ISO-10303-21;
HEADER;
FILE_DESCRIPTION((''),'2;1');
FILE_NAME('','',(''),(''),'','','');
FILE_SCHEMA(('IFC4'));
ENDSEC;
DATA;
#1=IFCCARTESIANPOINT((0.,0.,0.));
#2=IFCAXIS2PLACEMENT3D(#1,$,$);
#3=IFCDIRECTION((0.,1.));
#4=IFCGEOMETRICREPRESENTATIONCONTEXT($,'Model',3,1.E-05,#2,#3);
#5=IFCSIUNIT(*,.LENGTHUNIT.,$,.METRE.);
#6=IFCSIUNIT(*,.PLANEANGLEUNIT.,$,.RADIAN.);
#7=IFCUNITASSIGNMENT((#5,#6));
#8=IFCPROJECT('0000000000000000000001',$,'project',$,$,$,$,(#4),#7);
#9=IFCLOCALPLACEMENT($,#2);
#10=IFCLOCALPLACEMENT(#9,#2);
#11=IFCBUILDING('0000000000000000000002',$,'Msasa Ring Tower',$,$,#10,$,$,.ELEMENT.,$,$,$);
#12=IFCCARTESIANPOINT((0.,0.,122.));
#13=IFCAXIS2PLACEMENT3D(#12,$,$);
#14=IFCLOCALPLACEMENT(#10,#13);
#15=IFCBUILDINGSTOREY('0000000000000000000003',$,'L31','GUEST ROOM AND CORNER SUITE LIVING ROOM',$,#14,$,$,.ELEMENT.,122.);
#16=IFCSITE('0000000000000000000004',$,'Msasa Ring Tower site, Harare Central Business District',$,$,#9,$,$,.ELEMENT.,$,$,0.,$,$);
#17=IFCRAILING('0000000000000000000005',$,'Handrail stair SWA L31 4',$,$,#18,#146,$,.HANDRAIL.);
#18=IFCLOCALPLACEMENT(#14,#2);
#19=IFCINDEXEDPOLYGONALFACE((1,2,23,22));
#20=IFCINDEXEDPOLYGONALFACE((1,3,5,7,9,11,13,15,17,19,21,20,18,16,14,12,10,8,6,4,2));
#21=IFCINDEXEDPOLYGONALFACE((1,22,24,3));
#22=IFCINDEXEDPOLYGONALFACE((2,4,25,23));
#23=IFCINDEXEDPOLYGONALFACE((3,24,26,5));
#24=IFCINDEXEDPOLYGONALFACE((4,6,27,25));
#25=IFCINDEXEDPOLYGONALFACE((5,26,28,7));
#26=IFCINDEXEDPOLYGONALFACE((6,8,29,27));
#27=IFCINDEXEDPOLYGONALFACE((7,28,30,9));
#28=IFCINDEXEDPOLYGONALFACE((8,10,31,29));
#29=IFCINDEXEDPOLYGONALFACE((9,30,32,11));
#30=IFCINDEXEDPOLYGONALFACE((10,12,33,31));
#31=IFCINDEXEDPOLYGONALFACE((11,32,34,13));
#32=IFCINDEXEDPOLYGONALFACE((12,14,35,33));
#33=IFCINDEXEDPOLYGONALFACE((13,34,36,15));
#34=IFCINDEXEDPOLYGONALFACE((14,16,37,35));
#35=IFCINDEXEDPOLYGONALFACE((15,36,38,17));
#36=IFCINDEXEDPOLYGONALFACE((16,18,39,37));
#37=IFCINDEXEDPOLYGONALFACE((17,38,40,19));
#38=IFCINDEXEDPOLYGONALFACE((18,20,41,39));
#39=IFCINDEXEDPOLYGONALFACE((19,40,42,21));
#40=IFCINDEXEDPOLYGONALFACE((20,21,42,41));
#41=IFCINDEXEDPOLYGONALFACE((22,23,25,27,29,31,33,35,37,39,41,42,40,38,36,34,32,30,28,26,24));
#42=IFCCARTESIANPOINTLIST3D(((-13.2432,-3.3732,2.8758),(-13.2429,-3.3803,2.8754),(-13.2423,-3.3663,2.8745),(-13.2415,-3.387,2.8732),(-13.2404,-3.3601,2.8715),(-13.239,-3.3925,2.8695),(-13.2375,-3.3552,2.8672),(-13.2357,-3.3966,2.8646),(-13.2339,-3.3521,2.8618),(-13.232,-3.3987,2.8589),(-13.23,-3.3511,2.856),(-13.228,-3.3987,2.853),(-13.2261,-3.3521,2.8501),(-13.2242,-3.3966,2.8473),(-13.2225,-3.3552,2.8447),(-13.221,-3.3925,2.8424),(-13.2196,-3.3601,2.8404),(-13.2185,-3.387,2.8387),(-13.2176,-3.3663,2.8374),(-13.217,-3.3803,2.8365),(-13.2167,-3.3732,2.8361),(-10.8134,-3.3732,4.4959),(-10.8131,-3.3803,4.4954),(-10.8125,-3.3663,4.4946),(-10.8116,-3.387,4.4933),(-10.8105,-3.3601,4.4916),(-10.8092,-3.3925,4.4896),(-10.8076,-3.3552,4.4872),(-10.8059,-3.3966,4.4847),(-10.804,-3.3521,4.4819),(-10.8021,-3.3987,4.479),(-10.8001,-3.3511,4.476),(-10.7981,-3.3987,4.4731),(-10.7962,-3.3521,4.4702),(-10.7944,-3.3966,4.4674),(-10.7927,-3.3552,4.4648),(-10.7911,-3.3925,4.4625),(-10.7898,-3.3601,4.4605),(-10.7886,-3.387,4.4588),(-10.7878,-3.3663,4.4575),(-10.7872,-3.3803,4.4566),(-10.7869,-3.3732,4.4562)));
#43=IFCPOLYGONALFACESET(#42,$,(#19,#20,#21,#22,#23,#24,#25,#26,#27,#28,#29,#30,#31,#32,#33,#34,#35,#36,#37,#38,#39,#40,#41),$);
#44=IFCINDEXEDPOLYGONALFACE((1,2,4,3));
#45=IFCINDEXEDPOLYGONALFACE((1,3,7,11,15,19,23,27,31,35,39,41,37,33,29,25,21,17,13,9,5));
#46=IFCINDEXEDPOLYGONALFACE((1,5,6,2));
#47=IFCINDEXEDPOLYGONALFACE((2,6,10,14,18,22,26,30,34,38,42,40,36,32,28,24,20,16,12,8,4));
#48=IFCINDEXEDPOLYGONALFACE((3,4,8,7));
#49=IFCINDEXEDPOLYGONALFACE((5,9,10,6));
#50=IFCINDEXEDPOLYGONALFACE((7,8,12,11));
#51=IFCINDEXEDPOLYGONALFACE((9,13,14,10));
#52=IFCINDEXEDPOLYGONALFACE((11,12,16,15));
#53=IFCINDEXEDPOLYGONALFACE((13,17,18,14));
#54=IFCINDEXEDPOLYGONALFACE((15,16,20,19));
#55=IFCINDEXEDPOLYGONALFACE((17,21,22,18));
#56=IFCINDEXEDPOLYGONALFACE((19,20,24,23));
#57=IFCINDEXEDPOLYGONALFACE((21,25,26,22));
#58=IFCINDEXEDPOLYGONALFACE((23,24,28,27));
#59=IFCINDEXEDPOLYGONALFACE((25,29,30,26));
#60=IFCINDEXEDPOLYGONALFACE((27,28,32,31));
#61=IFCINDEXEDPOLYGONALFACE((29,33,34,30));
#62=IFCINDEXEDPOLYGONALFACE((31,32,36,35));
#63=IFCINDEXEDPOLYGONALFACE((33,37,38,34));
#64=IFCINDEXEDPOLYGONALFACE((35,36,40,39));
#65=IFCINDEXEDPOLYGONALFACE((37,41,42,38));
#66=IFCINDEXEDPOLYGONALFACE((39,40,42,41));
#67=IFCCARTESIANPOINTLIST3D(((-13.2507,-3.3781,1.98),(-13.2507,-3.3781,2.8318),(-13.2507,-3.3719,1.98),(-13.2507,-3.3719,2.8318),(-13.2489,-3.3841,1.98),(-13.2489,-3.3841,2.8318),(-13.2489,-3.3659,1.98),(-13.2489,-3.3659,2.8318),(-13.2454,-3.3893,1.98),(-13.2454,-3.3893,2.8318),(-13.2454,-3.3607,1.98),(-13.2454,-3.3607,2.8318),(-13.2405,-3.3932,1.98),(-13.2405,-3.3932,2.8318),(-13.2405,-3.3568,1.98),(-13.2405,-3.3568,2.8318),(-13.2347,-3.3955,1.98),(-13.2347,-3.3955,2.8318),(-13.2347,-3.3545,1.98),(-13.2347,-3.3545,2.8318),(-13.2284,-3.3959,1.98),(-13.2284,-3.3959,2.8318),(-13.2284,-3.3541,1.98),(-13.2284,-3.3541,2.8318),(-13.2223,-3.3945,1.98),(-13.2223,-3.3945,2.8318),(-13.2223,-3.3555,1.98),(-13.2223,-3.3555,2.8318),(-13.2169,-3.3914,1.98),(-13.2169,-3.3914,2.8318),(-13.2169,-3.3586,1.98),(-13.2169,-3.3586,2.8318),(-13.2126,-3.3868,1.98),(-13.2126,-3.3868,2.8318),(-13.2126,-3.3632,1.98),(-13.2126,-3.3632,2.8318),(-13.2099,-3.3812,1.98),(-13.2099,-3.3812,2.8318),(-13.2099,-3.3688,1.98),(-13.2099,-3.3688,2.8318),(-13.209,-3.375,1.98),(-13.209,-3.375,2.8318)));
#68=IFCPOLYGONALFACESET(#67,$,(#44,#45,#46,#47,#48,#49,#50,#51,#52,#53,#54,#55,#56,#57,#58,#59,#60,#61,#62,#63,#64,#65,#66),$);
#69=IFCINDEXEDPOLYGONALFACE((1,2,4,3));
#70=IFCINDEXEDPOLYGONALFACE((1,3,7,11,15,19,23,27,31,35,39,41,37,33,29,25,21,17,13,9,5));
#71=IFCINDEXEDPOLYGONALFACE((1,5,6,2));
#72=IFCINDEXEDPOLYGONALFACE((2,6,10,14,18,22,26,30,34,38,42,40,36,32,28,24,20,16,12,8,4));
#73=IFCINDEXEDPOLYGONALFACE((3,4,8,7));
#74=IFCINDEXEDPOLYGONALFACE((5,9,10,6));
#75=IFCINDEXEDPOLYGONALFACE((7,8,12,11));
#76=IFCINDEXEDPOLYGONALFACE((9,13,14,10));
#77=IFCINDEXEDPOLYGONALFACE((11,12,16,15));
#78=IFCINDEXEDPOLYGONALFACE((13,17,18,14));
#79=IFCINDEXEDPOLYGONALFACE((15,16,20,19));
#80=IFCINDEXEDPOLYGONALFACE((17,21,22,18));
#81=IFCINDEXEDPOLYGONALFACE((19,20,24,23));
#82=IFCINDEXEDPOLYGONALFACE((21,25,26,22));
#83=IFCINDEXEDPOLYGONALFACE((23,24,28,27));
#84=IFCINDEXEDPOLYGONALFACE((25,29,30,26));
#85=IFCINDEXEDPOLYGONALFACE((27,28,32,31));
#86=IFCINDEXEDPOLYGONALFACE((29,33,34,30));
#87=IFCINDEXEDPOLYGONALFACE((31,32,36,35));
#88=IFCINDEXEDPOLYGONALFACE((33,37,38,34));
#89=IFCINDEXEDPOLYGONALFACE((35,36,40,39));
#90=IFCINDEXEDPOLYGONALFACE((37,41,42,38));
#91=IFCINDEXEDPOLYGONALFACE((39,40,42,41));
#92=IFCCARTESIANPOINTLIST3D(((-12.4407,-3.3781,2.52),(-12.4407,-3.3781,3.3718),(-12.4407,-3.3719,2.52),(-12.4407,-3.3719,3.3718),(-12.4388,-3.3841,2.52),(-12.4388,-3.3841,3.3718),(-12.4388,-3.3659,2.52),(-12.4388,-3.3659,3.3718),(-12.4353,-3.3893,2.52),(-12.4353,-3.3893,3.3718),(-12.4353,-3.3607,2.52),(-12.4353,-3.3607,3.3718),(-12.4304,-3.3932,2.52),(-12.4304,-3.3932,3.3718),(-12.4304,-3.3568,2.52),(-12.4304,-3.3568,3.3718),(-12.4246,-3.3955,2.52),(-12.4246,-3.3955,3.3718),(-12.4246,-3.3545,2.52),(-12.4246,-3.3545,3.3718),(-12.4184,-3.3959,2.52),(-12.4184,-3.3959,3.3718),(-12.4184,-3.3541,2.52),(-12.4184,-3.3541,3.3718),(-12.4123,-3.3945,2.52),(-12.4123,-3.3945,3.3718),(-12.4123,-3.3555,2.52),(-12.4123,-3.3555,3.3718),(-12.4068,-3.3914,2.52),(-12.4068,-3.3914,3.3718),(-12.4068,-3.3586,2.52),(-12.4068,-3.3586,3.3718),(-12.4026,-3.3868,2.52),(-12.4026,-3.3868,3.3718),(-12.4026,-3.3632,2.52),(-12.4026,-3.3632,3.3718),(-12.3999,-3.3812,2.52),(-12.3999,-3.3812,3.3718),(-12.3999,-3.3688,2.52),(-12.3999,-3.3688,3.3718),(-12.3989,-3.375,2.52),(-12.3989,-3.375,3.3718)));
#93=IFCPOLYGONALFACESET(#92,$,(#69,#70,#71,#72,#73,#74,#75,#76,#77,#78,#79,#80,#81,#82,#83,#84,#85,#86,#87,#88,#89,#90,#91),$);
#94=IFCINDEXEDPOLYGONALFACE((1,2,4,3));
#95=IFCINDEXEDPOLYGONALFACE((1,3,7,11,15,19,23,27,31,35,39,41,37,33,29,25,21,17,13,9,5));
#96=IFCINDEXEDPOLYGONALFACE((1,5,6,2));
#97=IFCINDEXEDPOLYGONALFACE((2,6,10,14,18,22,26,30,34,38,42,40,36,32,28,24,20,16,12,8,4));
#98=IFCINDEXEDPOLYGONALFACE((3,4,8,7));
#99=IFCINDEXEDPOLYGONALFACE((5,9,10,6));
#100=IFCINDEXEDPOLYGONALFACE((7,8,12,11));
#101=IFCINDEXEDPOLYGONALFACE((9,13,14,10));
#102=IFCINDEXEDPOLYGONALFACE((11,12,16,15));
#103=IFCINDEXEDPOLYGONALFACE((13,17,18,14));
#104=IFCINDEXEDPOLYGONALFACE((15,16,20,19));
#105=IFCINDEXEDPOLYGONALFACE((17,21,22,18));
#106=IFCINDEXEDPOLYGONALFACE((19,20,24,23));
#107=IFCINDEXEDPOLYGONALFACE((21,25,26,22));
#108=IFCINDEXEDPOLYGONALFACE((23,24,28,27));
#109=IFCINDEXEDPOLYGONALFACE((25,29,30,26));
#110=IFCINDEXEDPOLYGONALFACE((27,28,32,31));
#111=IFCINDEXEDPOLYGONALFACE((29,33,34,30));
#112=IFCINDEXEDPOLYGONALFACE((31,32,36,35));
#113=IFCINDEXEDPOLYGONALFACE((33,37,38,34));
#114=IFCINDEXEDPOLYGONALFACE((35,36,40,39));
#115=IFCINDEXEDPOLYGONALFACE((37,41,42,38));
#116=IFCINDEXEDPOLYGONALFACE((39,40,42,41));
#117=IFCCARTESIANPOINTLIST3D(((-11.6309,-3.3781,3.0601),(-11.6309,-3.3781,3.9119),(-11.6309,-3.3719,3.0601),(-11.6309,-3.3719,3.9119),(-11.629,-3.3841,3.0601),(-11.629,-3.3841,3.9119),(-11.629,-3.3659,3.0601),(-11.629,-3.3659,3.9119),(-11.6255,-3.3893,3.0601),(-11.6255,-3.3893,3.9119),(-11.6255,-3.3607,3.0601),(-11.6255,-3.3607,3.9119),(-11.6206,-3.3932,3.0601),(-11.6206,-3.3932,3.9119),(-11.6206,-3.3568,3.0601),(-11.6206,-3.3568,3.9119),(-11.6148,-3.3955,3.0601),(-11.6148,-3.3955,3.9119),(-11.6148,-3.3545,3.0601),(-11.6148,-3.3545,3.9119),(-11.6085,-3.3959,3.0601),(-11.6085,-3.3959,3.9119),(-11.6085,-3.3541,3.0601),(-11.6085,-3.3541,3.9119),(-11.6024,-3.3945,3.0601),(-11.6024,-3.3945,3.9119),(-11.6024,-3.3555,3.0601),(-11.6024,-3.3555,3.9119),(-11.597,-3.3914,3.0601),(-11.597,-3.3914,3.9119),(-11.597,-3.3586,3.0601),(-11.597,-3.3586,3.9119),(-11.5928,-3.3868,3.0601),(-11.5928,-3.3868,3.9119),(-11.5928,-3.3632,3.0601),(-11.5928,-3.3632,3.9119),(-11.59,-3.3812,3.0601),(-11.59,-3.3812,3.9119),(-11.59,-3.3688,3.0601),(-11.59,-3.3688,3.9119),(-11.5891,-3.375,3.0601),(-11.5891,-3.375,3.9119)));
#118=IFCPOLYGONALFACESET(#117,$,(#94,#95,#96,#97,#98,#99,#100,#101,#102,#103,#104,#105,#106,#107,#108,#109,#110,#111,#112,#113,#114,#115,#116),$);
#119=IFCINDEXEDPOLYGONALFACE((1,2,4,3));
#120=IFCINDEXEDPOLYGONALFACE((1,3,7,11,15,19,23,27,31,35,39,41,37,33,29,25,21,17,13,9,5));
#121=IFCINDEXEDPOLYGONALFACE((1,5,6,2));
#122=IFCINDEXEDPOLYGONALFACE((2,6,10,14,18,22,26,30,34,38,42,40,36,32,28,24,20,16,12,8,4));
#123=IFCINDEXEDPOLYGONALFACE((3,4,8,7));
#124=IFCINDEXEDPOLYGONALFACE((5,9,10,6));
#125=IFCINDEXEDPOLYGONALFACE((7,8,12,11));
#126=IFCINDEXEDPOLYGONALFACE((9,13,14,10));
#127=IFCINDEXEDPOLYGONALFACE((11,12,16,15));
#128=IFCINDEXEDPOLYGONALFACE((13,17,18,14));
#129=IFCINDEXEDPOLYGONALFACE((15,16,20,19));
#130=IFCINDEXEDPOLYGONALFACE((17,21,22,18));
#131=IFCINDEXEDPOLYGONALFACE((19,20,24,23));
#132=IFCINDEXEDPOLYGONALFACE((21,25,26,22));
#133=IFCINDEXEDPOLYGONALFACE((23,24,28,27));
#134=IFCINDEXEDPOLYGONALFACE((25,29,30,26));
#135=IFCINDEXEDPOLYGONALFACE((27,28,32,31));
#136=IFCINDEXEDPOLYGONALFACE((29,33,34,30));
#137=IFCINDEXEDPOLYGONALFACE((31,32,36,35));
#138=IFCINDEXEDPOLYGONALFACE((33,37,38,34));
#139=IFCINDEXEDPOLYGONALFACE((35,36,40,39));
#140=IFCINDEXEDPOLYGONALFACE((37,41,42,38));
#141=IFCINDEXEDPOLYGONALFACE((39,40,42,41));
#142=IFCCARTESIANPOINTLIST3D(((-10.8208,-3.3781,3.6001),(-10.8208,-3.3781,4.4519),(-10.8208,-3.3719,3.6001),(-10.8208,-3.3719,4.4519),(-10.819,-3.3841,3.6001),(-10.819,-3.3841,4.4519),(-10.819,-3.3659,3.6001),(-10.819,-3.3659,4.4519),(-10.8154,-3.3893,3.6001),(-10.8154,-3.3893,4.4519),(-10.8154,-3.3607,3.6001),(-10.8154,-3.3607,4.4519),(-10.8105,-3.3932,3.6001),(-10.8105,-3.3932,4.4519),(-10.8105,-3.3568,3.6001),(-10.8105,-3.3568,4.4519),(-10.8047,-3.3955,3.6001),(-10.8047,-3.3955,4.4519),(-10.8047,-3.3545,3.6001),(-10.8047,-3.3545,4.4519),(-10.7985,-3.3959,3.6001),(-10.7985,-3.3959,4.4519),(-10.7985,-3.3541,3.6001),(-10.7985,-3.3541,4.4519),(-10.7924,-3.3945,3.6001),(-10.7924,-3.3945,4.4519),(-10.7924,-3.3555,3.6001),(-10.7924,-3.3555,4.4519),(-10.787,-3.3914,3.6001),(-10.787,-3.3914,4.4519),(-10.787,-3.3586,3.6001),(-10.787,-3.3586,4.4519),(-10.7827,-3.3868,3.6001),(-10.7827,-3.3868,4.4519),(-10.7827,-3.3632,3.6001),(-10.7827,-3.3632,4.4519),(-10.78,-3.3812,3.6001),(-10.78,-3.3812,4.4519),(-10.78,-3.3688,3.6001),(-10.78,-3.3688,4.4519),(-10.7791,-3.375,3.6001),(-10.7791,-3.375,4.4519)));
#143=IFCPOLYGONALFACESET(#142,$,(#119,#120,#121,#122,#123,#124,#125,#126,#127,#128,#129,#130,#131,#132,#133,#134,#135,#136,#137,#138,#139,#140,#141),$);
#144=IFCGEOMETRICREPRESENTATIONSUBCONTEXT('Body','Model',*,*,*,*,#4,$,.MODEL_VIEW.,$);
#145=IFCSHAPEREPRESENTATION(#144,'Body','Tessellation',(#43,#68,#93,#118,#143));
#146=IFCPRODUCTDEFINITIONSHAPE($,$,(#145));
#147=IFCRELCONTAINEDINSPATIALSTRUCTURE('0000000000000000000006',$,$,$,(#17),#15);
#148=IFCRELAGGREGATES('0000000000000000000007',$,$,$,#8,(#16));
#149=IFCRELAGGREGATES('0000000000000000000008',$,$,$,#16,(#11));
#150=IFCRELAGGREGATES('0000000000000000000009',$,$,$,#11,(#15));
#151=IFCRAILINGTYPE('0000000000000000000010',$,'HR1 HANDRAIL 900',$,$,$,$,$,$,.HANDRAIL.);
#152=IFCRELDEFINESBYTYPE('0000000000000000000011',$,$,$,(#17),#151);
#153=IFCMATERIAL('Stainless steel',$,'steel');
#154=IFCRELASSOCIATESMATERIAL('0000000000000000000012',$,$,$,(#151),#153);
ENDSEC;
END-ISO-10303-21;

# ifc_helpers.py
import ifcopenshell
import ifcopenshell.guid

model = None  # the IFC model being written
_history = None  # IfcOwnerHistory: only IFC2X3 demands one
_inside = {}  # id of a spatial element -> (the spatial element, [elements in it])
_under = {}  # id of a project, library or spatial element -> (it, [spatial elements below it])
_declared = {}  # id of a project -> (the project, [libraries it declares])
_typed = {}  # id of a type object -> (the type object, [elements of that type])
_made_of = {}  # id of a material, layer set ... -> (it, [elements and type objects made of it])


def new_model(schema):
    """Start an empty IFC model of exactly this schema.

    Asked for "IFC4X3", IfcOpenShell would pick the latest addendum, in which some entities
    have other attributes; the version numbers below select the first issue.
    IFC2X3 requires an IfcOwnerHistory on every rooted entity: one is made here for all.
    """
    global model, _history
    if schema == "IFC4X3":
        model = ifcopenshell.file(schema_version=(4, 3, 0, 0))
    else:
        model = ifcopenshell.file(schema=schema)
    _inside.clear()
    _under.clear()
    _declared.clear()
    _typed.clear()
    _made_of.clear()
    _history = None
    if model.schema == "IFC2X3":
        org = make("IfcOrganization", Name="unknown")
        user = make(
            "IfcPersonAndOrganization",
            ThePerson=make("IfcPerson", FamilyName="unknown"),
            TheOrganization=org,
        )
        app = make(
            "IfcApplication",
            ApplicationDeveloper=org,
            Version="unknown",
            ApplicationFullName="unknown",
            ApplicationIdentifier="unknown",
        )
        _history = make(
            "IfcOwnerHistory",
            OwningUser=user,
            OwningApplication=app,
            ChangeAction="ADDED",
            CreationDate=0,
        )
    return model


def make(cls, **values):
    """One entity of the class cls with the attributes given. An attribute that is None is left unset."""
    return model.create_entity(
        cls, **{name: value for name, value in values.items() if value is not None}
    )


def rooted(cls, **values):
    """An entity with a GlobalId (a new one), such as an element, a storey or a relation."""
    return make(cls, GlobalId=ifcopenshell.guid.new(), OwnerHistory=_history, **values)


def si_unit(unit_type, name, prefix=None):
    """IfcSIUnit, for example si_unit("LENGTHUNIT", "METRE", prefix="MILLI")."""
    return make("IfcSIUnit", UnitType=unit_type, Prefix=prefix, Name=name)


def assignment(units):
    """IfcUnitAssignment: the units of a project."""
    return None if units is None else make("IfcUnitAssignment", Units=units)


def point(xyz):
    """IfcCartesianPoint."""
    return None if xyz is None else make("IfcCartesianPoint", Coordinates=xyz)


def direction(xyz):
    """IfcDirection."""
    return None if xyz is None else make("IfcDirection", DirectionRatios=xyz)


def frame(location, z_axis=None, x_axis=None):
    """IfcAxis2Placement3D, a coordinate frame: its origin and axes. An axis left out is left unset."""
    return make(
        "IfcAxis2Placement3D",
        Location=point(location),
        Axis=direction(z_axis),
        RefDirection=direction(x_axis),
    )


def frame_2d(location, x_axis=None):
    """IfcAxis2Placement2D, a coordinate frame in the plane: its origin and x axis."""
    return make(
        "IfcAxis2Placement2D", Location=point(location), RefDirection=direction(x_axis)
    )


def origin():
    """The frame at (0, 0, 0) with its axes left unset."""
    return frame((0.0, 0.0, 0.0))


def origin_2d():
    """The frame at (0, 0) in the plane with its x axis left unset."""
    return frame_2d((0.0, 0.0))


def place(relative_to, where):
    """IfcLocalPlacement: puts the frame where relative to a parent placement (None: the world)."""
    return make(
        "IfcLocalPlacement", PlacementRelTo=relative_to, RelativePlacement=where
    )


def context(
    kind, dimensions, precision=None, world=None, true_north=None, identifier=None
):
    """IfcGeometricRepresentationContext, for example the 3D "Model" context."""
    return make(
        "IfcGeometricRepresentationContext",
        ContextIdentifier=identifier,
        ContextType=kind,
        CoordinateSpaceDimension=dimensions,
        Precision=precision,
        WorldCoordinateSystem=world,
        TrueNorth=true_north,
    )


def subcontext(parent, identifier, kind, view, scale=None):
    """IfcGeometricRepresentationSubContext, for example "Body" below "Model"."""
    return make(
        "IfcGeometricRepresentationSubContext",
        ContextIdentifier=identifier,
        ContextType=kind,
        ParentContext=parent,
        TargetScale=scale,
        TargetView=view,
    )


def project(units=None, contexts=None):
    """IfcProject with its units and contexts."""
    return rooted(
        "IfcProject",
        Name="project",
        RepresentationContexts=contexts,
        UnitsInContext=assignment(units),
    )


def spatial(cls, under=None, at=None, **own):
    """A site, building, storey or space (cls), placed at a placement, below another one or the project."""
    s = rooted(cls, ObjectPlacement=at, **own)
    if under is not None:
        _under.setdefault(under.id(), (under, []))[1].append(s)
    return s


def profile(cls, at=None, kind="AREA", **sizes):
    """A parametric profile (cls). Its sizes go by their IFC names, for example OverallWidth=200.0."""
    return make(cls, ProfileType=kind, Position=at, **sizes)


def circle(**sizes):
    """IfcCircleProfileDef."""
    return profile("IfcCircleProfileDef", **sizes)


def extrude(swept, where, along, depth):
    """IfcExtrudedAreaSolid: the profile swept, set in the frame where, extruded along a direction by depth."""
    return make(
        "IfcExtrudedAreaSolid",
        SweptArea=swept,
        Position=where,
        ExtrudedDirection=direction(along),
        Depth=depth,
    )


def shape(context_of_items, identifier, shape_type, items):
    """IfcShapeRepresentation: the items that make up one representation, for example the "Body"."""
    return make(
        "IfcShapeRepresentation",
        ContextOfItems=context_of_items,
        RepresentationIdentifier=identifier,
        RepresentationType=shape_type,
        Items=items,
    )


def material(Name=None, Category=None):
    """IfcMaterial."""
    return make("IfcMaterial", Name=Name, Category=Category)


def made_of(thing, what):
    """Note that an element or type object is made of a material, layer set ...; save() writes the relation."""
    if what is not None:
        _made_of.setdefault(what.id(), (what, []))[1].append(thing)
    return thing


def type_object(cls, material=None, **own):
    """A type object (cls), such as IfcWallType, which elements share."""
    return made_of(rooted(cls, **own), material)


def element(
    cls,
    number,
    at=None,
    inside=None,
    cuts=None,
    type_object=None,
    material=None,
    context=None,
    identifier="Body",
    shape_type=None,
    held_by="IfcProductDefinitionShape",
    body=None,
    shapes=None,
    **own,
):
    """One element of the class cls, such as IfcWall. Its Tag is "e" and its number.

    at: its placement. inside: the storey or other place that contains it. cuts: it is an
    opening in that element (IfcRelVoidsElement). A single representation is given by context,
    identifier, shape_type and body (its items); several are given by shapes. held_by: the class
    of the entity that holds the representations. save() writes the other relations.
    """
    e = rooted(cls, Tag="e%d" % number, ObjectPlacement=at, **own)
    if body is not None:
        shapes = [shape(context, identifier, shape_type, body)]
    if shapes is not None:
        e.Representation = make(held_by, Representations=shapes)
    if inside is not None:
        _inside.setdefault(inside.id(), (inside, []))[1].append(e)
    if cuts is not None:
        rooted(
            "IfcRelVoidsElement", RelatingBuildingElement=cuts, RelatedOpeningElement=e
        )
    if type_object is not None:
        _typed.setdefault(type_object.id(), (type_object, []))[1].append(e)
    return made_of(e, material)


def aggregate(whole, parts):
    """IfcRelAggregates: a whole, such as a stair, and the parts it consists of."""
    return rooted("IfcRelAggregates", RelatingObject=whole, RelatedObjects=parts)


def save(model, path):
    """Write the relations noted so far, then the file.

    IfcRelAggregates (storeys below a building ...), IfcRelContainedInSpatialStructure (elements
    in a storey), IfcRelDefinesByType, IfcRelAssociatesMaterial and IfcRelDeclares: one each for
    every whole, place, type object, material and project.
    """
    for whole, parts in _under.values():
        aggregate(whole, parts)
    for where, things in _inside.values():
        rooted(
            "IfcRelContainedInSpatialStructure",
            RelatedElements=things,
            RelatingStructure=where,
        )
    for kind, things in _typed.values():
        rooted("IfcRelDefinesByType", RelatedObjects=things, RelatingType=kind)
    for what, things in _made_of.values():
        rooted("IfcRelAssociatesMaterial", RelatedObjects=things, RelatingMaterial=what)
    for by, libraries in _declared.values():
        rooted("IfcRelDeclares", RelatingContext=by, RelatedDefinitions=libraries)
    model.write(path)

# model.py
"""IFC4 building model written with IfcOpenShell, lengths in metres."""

from ifc_helpers import new_model, si_unit, direction, frame, origin, origin_2d, place, context, subcontext, project, spatial, circle, extrude, material, type_object, element, save


model = new_model("IFC4")

# Units and contexts
model_context = context("Model", 3, precision=1e-05, world=origin(), true_north=direction((0.0, 1.0)))
body_context = subcontext(model_context, "Body", "Model", "MODEL_VIEW")
ifc_project = project(units=[si_unit("LENGTHUNIT", "METRE"), si_unit("PLANEANGLEUNIT", "RADIAN")], contexts=[model_context])

# Site, building, storey
site_placement = place(None, origin())
site = spatial("IfcSite", under=ifc_project, at=site_placement, Name="Msasa Ring Tower site, Harare Central Business District", CompositionType="ELEMENT", RefElevation=0.0)
building_placement = place(site_placement, origin())
building = spatial("IfcBuilding", under=site, at=building_placement, Name="Msasa Ring Tower", CompositionType="ELEMENT")
storey_placement = place(building_placement, frame((0.0, 0.0, 122.0)))
storey = spatial("IfcBuildingStorey", under=building, at=storey_placement, Name="L31", Description="GUEST ROOM AND CORNER SUITE LIVING ROOM", CompositionType="ELEMENT", Elevation=122.0)

# Railing
ifc_material_1 = material(Name="Stainless steel", Category="steel")
railing_type = type_object("IfcRailingType", Name="HR1 HANDRAIL 900", PredefinedType="HANDRAIL", material=ifc_material_1)
railing_placement = place(storey_placement, frame((-13.23, -3.375, 1.98)))
element("IfcRailing", 1, at=railing_placement, inside=storey, type_object=railing_type, Name="Handrail stair SWA L31 4", PredefinedType="HANDRAIL", context=body_context, shape_type="SweptSolid", body=[
    extrude(circle(Radius=0.0239, at=origin_2d()), frame((0.0, 0.0, 0.876), z_axis=(0.832025, 0.0, 0.554739), x_axis=(0.0, 1.0, 0.0)), (0.0, 0.0, 1.0), 2.9204),
    extrude(circle(Radius=0.021, at=origin_2d()), origin(), (0.0, 0.0, 1.0), 0.8518),
    extrude(circle(Radius=0.021, at=origin_2d()), frame((0.8101, 0.0, 0.54)), (0.0, 0.0, 1.0), 0.8518),
    extrude(circle(Radius=0.021, at=origin_2d()), frame((1.6199, 0.0, 1.0801)), (0.0, 0.0, 1.0), 0.8518),
    extrude(circle(Radius=0.021, at=origin_2d()), frame((2.4299, 0.0, 1.6201)), (0.0, 0.0, 1.0), 0.8518),
])

save(model, "model.ifc")
